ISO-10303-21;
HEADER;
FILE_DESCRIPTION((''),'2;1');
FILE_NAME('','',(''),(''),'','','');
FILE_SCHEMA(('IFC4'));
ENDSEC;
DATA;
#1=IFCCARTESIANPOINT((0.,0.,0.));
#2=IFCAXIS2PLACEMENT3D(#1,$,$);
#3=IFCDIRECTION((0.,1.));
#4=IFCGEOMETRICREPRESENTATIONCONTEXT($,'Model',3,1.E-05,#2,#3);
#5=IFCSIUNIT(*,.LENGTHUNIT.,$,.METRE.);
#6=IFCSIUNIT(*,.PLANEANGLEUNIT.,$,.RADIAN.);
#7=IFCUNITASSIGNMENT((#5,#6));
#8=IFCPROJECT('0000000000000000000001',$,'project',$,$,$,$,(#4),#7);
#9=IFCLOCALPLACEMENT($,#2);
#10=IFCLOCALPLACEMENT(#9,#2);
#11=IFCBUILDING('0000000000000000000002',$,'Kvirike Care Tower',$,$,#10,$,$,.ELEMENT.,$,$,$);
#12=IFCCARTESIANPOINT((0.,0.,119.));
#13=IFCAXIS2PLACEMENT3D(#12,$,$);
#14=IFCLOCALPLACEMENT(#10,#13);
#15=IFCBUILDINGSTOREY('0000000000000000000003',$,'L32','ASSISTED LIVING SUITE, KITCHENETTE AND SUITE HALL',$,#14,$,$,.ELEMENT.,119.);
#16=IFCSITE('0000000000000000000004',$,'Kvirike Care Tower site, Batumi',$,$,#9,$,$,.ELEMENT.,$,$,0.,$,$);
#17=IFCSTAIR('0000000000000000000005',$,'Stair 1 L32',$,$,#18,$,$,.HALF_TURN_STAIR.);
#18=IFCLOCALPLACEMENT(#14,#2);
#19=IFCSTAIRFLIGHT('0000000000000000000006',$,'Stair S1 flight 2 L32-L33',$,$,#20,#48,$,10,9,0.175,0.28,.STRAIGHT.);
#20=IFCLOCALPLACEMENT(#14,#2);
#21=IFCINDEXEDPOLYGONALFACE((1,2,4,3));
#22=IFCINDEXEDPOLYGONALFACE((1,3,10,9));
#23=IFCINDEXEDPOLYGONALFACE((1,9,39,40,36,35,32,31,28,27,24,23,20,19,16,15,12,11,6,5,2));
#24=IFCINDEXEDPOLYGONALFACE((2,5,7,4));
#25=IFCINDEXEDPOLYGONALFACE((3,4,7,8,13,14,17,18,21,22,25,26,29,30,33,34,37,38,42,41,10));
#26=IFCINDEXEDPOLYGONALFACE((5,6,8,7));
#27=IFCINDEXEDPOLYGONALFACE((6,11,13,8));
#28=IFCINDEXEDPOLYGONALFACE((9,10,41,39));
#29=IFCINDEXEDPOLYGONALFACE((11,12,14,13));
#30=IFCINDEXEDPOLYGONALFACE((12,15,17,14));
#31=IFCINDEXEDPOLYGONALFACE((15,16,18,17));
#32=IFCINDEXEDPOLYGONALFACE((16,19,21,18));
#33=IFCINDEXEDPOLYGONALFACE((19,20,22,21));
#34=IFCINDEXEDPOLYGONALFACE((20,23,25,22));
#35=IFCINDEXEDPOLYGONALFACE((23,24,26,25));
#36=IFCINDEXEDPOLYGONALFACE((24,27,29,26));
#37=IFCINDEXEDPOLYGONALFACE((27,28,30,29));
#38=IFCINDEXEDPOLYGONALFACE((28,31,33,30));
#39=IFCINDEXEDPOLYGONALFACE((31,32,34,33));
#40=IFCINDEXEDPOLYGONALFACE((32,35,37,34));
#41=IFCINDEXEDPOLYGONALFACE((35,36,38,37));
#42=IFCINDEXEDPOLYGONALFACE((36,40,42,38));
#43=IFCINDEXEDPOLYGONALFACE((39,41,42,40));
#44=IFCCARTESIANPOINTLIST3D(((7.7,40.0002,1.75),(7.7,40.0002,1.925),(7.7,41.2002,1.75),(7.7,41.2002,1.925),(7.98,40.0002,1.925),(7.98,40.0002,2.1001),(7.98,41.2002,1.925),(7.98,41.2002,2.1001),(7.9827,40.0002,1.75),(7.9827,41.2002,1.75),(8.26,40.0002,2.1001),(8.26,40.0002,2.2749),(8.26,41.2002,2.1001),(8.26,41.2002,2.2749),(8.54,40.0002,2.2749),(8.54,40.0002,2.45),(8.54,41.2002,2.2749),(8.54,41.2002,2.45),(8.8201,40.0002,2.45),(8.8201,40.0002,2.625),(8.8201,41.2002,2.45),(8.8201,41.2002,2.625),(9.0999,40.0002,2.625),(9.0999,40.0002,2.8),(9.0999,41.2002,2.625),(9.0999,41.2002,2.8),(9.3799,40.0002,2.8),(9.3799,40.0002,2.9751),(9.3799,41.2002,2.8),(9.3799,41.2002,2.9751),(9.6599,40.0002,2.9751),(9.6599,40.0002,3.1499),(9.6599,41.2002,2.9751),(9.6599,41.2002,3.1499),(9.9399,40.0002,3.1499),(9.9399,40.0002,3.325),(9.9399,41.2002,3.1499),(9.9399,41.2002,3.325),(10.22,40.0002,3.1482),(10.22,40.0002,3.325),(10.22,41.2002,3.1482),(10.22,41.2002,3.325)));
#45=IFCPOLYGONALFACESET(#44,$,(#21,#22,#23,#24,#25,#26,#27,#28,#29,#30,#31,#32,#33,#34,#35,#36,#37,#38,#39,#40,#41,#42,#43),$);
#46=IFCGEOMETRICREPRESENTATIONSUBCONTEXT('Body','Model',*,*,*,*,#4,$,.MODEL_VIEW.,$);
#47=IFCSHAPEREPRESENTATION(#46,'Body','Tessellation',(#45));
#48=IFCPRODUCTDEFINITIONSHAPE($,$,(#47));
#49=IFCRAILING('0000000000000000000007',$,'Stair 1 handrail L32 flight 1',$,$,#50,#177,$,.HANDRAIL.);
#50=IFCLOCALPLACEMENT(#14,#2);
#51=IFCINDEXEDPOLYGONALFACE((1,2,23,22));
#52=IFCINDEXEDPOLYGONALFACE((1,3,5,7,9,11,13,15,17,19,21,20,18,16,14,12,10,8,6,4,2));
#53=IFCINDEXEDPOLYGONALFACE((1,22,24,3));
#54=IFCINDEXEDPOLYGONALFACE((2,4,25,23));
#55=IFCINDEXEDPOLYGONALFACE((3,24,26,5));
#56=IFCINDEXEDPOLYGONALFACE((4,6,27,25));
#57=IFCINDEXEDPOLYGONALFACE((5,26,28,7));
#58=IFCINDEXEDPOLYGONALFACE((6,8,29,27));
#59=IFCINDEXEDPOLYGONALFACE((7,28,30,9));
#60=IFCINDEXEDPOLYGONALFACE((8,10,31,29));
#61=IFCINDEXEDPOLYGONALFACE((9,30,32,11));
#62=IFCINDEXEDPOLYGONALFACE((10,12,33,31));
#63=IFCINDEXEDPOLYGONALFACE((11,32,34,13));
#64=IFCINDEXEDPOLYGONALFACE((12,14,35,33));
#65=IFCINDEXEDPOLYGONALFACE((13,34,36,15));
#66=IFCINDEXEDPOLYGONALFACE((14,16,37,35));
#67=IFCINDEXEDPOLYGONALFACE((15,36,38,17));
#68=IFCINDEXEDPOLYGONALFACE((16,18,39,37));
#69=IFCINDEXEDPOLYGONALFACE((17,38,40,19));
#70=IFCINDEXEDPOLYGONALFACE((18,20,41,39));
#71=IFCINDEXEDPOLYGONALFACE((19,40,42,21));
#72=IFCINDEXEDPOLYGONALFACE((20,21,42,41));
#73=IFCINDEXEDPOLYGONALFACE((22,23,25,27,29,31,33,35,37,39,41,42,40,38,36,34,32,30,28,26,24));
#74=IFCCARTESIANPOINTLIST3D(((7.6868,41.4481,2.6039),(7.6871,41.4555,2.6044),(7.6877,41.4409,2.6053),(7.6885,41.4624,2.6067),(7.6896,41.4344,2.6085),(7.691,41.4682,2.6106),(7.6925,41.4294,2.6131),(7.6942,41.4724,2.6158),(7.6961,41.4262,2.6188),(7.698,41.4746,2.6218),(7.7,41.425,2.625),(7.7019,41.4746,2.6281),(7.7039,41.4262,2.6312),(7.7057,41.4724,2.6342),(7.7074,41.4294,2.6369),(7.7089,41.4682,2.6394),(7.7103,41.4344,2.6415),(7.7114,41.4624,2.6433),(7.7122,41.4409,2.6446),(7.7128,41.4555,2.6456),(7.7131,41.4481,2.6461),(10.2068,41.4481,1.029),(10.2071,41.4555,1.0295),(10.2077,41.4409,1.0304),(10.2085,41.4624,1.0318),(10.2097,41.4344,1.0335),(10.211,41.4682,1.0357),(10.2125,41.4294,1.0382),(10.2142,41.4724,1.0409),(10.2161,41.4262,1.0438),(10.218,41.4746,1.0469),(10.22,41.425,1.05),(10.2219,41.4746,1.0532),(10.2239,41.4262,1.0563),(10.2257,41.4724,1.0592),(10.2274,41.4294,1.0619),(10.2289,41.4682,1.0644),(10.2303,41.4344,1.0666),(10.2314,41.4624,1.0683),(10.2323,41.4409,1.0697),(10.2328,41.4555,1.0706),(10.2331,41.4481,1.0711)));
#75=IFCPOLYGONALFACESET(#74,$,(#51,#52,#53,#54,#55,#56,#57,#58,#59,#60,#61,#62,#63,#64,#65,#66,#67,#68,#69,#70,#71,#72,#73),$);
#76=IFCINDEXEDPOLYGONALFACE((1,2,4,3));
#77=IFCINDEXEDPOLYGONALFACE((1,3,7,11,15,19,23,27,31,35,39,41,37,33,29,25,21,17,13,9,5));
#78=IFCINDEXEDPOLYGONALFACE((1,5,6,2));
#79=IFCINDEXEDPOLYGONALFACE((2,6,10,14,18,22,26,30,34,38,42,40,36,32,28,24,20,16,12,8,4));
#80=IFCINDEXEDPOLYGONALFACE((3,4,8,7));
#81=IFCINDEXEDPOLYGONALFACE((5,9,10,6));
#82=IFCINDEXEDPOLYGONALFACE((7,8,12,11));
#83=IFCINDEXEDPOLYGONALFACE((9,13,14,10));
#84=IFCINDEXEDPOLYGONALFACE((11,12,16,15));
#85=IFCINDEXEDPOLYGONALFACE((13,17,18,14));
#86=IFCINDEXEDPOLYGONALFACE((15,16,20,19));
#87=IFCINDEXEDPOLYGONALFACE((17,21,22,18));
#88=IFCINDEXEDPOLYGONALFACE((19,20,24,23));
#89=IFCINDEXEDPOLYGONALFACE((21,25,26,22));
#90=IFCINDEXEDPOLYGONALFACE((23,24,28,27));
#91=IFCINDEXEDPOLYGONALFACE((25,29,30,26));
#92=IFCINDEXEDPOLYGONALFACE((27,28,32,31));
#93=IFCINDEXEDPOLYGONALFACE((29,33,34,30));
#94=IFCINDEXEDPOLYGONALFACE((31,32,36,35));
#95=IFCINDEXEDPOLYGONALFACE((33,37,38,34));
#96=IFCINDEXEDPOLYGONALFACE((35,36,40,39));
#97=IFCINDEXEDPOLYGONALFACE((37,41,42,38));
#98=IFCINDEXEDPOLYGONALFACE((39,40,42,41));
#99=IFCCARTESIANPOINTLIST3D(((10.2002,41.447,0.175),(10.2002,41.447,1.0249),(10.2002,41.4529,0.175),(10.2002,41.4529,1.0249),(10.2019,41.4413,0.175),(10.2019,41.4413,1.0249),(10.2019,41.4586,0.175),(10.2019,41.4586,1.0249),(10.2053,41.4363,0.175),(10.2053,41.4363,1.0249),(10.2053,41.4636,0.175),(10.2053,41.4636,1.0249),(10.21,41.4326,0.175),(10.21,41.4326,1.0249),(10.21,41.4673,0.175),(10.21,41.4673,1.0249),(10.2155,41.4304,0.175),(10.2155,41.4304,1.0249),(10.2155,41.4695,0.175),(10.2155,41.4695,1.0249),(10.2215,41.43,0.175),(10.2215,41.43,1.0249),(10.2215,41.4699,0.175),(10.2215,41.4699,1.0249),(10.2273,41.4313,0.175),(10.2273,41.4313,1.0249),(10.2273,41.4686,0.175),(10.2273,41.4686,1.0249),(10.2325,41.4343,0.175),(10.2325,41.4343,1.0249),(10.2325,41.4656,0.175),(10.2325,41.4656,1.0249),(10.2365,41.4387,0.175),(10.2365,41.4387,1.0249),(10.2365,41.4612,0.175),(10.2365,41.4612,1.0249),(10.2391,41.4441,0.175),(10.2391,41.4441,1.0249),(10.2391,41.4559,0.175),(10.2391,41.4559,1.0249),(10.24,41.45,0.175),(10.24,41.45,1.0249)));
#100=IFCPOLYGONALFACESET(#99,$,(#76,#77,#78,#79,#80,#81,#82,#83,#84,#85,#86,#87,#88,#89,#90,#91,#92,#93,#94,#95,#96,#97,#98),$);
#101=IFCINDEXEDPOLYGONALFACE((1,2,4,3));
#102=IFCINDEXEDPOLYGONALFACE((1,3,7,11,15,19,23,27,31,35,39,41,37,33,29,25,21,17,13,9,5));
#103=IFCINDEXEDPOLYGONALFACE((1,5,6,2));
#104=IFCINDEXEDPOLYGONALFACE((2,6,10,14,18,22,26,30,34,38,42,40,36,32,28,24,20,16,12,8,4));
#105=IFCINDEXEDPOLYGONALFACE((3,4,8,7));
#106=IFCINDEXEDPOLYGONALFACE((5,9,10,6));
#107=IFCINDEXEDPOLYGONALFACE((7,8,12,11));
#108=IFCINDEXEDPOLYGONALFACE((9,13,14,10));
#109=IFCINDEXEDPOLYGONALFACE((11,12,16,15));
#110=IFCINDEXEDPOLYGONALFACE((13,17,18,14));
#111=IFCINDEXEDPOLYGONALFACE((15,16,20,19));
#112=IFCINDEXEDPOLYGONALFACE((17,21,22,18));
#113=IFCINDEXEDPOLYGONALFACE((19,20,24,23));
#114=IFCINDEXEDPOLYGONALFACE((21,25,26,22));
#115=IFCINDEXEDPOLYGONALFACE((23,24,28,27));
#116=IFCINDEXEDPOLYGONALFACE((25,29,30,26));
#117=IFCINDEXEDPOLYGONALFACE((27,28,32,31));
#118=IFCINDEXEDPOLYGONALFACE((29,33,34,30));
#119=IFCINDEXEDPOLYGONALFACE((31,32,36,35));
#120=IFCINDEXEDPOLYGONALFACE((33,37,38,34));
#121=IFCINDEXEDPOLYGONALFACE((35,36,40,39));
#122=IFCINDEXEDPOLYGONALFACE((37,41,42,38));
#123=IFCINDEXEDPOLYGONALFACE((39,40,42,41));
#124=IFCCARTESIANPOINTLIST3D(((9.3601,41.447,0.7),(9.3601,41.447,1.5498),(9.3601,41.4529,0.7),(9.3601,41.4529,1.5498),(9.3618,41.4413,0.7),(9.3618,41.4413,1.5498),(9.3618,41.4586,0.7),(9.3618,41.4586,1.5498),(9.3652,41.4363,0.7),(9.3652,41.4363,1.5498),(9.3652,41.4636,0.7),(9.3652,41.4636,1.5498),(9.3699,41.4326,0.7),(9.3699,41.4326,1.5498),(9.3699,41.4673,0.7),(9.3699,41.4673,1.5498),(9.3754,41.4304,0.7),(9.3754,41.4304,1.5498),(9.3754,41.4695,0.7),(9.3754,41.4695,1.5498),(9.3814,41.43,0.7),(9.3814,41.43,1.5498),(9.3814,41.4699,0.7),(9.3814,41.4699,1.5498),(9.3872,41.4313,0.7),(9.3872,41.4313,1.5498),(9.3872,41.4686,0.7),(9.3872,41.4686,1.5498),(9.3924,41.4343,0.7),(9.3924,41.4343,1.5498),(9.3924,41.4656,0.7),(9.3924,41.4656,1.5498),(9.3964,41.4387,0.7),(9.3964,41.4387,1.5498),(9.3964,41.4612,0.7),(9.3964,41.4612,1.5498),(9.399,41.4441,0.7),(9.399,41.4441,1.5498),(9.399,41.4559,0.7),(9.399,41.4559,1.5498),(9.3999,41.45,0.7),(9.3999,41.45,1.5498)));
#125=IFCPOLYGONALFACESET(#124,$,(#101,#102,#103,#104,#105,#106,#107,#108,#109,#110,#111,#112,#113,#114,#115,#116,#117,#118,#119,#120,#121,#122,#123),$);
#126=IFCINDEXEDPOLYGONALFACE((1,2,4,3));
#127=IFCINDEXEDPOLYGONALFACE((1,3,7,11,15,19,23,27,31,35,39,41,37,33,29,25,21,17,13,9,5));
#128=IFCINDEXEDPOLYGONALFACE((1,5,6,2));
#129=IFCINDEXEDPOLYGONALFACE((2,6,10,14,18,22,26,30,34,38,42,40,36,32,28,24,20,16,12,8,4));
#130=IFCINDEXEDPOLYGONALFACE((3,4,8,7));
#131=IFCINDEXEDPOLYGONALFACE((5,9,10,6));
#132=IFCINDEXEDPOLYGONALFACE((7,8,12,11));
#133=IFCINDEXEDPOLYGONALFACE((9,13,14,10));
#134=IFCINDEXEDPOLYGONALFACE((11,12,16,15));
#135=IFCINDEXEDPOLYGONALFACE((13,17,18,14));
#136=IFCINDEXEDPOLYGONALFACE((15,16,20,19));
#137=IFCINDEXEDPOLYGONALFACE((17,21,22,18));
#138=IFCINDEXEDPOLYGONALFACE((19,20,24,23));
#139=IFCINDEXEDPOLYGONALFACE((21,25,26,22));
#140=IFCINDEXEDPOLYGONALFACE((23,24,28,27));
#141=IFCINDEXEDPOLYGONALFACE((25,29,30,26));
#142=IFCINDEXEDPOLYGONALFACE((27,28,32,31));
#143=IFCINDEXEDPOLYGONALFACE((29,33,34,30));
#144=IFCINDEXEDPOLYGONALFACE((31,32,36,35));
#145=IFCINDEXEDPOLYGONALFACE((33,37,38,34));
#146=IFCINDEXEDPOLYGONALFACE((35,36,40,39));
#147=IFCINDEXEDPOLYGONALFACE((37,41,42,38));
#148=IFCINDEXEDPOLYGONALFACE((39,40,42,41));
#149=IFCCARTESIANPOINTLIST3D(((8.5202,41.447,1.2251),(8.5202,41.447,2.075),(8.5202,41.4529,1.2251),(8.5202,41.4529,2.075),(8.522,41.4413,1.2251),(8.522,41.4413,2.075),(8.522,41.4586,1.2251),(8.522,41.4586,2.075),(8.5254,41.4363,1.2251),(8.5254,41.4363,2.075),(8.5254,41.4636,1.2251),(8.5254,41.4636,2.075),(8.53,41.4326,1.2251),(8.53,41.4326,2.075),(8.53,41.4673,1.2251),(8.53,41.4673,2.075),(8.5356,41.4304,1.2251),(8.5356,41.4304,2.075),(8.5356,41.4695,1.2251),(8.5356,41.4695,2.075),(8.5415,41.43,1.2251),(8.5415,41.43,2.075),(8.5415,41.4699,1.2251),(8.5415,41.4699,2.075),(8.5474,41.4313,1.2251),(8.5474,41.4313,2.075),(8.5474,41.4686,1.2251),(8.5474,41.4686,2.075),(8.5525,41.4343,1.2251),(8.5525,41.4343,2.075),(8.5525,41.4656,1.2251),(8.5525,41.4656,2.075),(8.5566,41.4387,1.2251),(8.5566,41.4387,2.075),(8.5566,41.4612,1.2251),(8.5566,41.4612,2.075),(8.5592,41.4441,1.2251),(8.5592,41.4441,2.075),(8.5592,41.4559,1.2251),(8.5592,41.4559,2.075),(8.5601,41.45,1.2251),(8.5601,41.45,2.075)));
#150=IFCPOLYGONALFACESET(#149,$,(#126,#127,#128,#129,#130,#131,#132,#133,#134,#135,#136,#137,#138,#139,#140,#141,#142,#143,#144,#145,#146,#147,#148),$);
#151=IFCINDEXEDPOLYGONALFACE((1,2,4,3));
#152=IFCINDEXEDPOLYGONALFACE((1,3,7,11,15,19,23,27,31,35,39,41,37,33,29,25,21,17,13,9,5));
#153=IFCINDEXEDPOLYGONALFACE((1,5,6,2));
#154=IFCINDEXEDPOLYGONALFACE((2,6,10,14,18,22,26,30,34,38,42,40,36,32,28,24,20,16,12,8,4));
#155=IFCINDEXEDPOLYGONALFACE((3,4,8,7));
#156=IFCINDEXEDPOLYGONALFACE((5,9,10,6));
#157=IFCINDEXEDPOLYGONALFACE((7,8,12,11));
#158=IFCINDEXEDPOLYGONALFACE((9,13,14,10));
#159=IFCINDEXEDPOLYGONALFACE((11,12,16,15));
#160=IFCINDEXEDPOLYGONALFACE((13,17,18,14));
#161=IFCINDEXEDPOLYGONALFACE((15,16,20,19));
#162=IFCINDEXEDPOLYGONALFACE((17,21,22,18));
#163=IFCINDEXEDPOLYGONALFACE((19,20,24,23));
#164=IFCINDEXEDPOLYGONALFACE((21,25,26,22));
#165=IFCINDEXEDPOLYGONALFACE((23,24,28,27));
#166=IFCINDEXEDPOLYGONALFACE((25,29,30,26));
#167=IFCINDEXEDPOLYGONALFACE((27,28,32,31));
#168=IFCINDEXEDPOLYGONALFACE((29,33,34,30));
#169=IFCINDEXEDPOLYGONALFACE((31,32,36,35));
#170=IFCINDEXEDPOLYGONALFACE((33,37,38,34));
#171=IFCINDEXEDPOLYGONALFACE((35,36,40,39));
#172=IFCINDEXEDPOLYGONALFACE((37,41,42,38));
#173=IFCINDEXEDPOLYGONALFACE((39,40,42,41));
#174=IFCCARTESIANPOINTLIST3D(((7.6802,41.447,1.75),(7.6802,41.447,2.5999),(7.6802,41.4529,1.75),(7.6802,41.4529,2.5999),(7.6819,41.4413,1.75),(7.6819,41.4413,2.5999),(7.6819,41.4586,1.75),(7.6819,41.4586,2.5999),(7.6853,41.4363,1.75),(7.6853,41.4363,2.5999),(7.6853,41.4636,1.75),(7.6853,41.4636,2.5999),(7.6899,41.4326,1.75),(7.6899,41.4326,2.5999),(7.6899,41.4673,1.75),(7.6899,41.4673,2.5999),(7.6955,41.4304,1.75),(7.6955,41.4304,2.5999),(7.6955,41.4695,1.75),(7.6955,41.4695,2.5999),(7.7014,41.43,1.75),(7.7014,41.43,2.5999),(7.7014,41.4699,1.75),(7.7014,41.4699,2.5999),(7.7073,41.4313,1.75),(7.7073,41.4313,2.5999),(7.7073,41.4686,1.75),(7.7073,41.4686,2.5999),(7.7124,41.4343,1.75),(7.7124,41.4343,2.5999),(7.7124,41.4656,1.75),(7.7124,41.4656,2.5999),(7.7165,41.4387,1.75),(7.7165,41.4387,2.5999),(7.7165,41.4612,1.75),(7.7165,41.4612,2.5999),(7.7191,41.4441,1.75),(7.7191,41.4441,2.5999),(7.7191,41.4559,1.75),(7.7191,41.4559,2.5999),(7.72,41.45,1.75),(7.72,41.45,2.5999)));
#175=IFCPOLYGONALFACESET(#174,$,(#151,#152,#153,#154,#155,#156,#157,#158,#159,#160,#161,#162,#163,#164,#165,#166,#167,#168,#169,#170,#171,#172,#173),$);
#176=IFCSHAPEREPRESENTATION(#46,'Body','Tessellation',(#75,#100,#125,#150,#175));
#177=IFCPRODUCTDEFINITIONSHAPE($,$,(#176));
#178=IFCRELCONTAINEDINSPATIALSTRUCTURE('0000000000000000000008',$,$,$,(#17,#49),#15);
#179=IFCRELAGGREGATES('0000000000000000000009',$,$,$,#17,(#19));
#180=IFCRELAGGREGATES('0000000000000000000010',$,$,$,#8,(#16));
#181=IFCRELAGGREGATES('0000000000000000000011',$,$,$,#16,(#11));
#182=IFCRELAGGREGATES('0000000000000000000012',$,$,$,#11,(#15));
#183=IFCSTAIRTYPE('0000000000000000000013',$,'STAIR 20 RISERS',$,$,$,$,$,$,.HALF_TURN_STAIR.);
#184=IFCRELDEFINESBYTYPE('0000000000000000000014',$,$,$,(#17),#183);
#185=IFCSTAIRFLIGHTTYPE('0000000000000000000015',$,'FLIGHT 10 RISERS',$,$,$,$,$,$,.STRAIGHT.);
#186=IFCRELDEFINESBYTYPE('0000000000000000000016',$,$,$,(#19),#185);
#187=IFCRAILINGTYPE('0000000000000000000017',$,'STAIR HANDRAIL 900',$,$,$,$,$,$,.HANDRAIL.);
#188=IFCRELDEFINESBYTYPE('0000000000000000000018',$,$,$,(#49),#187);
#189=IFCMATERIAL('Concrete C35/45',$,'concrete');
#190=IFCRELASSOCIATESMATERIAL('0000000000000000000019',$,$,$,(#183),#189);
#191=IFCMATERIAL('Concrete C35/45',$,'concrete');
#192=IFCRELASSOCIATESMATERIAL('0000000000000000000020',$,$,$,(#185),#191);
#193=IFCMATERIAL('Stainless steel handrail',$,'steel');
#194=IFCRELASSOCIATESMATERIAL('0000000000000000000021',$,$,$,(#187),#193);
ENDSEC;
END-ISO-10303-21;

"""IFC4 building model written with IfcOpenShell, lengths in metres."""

from ifc_helpers import new_model, si_unit, direction, frame, origin, origin_2d, place, context, subcontext, project, spatial, polyline, circle, outline, extrude, material, type_object, element, aggregate, save


model = new_model("IFC4")

# Units and contexts
model_context = context("Model", 3, precision=1e-05, world=origin(), true_north=direction((0.0, 1.0)))
body_context = subcontext(model_context, "Body", "Model", "MODEL_VIEW")
ifc_project = project(units=[si_unit("LENGTHUNIT", "METRE"), si_unit("PLANEANGLEUNIT", "RADIAN")], contexts=[model_context])

# Site, building, storey
site_placement = place(None, origin())
site = spatial("IfcSite", under=ifc_project, at=site_placement, Name="Kvirike Care Tower site, Batumi", CompositionType="ELEMENT", RefElevation=0.0)
building_placement = place(site_placement, origin())
building = spatial("IfcBuilding", under=site, at=building_placement, Name="Kvirike Care Tower", CompositionType="ELEMENT")
storey_placement = place(building_placement, frame((0.0, 0.0, 119.0)))
storey = spatial("IfcBuildingStorey", under=building, at=storey_placement, Name="L32", Description="ASSISTED LIVING SUITE, KITCHENETTE AND SUITE HALL", CompositionType="ELEMENT", Elevation=119.0)

# Stair, stair flight
ifc_material_1 = material(Name="Concrete C35/45", Category="concrete")
stair_type = type_object("IfcStairType", Name="STAIR 20 RISERS", PredefinedType="HALF_TURN_STAIR", material=ifc_material_1)
stair_placement = place(storey_placement, origin())
stair = element("IfcStair", 1, at=stair_placement, inside=storey, type_object=stair_type, Name="Stair 1 L32", PredefinedType="HALF_TURN_STAIR")
ifc_material_2 = material(Name="Concrete C35/45", Category="concrete")
stair_flight_type = type_object("IfcStairFlightType", Name="FLIGHT 10 RISERS", PredefinedType="STRAIGHT", material=ifc_material_2)
stair_flight_1_placement = place(storey_placement, frame((7.7, 40.6001, 1.75), z_axis=(0.0, 0.0, 1.0), x_axis=(1.0, 0.0, 0.0)))
stair_flight_1 = element("IfcStairFlight", 2, at=stair_flight_1_placement, type_object=stair_flight_type, Name="Stair S1 flight 2 L32-L33", NumberOfRisers=10, NumberOfTreads=9, PredefinedType="STRAIGHT", RiserHeight=0.175, TreadLength=0.28, context=body_context, shape_type="SweptSolid", body=[
    extrude(outline(polyline([(0.0, 0.0), (0.0, 0.175), (0.28, 0.175), (0.28, 0.3501), (0.5601, 0.3501), (0.5601, 0.5249), (0.8401, 0.5249), (0.8401, 0.7), (1.1201, 0.7), (1.1201, 0.875), (1.3999, 0.875), (1.3999, 1.05), (1.6799, 1.05), (1.6799, 1.2251), (1.96, 1.2251), (1.96, 1.3999), (2.24, 1.3999), (2.24, 1.575), (2.52, 1.575), (2.52, 1.75), (2.52, 1.3982), (0.2827, 0.0), (0.0, 0.0)])), frame((0.0, 0.6001, 0.0), z_axis=(0.0, -1.0, 0.0), x_axis=(1.0, 0.0, 0.0)), (0.0, 0.0, 1.0), 1.2),
])
aggregate(stair, [stair_flight_1])

# Railing
ifc_material_3 = material(Name="Stainless steel handrail", Category="steel")
railing_type = type_object("IfcRailingType", Name="STAIR HANDRAIL 900", PredefinedType="HANDRAIL", material=ifc_material_3)
railing_1_placement = place(storey_placement, frame((10.22, 41.45, 0.175)))
element("IfcRailing", 3, at=railing_1_placement, inside=storey, type_object=railing_type, Name="Stair 1 handrail L32 flight 1", PredefinedType="HANDRAIL", context=body_context, shape_type="SweptSolid", body=[
    extrude(circle(Radius=0.0249, at=origin_2d()), frame((0.0, 0.0, 0.875), z_axis=(-0.848008, 0.0, 0.529984), x_axis=(0.0, -1.0, 0.0)), (0.0, 0.0, 1.0), 2.9717),
    extrude(circle(Radius=0.02, at=origin_2d()), origin(), (0.0, 0.0, 1.0), 0.8499),
    extrude(circle(Radius=0.02, at=origin_2d()), frame((-0.8401, 0.0, 0.5249)), (0.0, 0.0, 1.0), 0.8499),
    extrude(circle(Radius=0.02, at=origin_2d()), frame((-1.6799, 0.0, 1.05)), (0.0, 0.0, 1.0), 0.8499),
    extrude(circle(Radius=0.02, at=origin_2d()), frame((-2.52, 0.0, 1.575)), (0.0, 0.0, 1.0), 0.8499),
])

save(model, "model.ifc")
